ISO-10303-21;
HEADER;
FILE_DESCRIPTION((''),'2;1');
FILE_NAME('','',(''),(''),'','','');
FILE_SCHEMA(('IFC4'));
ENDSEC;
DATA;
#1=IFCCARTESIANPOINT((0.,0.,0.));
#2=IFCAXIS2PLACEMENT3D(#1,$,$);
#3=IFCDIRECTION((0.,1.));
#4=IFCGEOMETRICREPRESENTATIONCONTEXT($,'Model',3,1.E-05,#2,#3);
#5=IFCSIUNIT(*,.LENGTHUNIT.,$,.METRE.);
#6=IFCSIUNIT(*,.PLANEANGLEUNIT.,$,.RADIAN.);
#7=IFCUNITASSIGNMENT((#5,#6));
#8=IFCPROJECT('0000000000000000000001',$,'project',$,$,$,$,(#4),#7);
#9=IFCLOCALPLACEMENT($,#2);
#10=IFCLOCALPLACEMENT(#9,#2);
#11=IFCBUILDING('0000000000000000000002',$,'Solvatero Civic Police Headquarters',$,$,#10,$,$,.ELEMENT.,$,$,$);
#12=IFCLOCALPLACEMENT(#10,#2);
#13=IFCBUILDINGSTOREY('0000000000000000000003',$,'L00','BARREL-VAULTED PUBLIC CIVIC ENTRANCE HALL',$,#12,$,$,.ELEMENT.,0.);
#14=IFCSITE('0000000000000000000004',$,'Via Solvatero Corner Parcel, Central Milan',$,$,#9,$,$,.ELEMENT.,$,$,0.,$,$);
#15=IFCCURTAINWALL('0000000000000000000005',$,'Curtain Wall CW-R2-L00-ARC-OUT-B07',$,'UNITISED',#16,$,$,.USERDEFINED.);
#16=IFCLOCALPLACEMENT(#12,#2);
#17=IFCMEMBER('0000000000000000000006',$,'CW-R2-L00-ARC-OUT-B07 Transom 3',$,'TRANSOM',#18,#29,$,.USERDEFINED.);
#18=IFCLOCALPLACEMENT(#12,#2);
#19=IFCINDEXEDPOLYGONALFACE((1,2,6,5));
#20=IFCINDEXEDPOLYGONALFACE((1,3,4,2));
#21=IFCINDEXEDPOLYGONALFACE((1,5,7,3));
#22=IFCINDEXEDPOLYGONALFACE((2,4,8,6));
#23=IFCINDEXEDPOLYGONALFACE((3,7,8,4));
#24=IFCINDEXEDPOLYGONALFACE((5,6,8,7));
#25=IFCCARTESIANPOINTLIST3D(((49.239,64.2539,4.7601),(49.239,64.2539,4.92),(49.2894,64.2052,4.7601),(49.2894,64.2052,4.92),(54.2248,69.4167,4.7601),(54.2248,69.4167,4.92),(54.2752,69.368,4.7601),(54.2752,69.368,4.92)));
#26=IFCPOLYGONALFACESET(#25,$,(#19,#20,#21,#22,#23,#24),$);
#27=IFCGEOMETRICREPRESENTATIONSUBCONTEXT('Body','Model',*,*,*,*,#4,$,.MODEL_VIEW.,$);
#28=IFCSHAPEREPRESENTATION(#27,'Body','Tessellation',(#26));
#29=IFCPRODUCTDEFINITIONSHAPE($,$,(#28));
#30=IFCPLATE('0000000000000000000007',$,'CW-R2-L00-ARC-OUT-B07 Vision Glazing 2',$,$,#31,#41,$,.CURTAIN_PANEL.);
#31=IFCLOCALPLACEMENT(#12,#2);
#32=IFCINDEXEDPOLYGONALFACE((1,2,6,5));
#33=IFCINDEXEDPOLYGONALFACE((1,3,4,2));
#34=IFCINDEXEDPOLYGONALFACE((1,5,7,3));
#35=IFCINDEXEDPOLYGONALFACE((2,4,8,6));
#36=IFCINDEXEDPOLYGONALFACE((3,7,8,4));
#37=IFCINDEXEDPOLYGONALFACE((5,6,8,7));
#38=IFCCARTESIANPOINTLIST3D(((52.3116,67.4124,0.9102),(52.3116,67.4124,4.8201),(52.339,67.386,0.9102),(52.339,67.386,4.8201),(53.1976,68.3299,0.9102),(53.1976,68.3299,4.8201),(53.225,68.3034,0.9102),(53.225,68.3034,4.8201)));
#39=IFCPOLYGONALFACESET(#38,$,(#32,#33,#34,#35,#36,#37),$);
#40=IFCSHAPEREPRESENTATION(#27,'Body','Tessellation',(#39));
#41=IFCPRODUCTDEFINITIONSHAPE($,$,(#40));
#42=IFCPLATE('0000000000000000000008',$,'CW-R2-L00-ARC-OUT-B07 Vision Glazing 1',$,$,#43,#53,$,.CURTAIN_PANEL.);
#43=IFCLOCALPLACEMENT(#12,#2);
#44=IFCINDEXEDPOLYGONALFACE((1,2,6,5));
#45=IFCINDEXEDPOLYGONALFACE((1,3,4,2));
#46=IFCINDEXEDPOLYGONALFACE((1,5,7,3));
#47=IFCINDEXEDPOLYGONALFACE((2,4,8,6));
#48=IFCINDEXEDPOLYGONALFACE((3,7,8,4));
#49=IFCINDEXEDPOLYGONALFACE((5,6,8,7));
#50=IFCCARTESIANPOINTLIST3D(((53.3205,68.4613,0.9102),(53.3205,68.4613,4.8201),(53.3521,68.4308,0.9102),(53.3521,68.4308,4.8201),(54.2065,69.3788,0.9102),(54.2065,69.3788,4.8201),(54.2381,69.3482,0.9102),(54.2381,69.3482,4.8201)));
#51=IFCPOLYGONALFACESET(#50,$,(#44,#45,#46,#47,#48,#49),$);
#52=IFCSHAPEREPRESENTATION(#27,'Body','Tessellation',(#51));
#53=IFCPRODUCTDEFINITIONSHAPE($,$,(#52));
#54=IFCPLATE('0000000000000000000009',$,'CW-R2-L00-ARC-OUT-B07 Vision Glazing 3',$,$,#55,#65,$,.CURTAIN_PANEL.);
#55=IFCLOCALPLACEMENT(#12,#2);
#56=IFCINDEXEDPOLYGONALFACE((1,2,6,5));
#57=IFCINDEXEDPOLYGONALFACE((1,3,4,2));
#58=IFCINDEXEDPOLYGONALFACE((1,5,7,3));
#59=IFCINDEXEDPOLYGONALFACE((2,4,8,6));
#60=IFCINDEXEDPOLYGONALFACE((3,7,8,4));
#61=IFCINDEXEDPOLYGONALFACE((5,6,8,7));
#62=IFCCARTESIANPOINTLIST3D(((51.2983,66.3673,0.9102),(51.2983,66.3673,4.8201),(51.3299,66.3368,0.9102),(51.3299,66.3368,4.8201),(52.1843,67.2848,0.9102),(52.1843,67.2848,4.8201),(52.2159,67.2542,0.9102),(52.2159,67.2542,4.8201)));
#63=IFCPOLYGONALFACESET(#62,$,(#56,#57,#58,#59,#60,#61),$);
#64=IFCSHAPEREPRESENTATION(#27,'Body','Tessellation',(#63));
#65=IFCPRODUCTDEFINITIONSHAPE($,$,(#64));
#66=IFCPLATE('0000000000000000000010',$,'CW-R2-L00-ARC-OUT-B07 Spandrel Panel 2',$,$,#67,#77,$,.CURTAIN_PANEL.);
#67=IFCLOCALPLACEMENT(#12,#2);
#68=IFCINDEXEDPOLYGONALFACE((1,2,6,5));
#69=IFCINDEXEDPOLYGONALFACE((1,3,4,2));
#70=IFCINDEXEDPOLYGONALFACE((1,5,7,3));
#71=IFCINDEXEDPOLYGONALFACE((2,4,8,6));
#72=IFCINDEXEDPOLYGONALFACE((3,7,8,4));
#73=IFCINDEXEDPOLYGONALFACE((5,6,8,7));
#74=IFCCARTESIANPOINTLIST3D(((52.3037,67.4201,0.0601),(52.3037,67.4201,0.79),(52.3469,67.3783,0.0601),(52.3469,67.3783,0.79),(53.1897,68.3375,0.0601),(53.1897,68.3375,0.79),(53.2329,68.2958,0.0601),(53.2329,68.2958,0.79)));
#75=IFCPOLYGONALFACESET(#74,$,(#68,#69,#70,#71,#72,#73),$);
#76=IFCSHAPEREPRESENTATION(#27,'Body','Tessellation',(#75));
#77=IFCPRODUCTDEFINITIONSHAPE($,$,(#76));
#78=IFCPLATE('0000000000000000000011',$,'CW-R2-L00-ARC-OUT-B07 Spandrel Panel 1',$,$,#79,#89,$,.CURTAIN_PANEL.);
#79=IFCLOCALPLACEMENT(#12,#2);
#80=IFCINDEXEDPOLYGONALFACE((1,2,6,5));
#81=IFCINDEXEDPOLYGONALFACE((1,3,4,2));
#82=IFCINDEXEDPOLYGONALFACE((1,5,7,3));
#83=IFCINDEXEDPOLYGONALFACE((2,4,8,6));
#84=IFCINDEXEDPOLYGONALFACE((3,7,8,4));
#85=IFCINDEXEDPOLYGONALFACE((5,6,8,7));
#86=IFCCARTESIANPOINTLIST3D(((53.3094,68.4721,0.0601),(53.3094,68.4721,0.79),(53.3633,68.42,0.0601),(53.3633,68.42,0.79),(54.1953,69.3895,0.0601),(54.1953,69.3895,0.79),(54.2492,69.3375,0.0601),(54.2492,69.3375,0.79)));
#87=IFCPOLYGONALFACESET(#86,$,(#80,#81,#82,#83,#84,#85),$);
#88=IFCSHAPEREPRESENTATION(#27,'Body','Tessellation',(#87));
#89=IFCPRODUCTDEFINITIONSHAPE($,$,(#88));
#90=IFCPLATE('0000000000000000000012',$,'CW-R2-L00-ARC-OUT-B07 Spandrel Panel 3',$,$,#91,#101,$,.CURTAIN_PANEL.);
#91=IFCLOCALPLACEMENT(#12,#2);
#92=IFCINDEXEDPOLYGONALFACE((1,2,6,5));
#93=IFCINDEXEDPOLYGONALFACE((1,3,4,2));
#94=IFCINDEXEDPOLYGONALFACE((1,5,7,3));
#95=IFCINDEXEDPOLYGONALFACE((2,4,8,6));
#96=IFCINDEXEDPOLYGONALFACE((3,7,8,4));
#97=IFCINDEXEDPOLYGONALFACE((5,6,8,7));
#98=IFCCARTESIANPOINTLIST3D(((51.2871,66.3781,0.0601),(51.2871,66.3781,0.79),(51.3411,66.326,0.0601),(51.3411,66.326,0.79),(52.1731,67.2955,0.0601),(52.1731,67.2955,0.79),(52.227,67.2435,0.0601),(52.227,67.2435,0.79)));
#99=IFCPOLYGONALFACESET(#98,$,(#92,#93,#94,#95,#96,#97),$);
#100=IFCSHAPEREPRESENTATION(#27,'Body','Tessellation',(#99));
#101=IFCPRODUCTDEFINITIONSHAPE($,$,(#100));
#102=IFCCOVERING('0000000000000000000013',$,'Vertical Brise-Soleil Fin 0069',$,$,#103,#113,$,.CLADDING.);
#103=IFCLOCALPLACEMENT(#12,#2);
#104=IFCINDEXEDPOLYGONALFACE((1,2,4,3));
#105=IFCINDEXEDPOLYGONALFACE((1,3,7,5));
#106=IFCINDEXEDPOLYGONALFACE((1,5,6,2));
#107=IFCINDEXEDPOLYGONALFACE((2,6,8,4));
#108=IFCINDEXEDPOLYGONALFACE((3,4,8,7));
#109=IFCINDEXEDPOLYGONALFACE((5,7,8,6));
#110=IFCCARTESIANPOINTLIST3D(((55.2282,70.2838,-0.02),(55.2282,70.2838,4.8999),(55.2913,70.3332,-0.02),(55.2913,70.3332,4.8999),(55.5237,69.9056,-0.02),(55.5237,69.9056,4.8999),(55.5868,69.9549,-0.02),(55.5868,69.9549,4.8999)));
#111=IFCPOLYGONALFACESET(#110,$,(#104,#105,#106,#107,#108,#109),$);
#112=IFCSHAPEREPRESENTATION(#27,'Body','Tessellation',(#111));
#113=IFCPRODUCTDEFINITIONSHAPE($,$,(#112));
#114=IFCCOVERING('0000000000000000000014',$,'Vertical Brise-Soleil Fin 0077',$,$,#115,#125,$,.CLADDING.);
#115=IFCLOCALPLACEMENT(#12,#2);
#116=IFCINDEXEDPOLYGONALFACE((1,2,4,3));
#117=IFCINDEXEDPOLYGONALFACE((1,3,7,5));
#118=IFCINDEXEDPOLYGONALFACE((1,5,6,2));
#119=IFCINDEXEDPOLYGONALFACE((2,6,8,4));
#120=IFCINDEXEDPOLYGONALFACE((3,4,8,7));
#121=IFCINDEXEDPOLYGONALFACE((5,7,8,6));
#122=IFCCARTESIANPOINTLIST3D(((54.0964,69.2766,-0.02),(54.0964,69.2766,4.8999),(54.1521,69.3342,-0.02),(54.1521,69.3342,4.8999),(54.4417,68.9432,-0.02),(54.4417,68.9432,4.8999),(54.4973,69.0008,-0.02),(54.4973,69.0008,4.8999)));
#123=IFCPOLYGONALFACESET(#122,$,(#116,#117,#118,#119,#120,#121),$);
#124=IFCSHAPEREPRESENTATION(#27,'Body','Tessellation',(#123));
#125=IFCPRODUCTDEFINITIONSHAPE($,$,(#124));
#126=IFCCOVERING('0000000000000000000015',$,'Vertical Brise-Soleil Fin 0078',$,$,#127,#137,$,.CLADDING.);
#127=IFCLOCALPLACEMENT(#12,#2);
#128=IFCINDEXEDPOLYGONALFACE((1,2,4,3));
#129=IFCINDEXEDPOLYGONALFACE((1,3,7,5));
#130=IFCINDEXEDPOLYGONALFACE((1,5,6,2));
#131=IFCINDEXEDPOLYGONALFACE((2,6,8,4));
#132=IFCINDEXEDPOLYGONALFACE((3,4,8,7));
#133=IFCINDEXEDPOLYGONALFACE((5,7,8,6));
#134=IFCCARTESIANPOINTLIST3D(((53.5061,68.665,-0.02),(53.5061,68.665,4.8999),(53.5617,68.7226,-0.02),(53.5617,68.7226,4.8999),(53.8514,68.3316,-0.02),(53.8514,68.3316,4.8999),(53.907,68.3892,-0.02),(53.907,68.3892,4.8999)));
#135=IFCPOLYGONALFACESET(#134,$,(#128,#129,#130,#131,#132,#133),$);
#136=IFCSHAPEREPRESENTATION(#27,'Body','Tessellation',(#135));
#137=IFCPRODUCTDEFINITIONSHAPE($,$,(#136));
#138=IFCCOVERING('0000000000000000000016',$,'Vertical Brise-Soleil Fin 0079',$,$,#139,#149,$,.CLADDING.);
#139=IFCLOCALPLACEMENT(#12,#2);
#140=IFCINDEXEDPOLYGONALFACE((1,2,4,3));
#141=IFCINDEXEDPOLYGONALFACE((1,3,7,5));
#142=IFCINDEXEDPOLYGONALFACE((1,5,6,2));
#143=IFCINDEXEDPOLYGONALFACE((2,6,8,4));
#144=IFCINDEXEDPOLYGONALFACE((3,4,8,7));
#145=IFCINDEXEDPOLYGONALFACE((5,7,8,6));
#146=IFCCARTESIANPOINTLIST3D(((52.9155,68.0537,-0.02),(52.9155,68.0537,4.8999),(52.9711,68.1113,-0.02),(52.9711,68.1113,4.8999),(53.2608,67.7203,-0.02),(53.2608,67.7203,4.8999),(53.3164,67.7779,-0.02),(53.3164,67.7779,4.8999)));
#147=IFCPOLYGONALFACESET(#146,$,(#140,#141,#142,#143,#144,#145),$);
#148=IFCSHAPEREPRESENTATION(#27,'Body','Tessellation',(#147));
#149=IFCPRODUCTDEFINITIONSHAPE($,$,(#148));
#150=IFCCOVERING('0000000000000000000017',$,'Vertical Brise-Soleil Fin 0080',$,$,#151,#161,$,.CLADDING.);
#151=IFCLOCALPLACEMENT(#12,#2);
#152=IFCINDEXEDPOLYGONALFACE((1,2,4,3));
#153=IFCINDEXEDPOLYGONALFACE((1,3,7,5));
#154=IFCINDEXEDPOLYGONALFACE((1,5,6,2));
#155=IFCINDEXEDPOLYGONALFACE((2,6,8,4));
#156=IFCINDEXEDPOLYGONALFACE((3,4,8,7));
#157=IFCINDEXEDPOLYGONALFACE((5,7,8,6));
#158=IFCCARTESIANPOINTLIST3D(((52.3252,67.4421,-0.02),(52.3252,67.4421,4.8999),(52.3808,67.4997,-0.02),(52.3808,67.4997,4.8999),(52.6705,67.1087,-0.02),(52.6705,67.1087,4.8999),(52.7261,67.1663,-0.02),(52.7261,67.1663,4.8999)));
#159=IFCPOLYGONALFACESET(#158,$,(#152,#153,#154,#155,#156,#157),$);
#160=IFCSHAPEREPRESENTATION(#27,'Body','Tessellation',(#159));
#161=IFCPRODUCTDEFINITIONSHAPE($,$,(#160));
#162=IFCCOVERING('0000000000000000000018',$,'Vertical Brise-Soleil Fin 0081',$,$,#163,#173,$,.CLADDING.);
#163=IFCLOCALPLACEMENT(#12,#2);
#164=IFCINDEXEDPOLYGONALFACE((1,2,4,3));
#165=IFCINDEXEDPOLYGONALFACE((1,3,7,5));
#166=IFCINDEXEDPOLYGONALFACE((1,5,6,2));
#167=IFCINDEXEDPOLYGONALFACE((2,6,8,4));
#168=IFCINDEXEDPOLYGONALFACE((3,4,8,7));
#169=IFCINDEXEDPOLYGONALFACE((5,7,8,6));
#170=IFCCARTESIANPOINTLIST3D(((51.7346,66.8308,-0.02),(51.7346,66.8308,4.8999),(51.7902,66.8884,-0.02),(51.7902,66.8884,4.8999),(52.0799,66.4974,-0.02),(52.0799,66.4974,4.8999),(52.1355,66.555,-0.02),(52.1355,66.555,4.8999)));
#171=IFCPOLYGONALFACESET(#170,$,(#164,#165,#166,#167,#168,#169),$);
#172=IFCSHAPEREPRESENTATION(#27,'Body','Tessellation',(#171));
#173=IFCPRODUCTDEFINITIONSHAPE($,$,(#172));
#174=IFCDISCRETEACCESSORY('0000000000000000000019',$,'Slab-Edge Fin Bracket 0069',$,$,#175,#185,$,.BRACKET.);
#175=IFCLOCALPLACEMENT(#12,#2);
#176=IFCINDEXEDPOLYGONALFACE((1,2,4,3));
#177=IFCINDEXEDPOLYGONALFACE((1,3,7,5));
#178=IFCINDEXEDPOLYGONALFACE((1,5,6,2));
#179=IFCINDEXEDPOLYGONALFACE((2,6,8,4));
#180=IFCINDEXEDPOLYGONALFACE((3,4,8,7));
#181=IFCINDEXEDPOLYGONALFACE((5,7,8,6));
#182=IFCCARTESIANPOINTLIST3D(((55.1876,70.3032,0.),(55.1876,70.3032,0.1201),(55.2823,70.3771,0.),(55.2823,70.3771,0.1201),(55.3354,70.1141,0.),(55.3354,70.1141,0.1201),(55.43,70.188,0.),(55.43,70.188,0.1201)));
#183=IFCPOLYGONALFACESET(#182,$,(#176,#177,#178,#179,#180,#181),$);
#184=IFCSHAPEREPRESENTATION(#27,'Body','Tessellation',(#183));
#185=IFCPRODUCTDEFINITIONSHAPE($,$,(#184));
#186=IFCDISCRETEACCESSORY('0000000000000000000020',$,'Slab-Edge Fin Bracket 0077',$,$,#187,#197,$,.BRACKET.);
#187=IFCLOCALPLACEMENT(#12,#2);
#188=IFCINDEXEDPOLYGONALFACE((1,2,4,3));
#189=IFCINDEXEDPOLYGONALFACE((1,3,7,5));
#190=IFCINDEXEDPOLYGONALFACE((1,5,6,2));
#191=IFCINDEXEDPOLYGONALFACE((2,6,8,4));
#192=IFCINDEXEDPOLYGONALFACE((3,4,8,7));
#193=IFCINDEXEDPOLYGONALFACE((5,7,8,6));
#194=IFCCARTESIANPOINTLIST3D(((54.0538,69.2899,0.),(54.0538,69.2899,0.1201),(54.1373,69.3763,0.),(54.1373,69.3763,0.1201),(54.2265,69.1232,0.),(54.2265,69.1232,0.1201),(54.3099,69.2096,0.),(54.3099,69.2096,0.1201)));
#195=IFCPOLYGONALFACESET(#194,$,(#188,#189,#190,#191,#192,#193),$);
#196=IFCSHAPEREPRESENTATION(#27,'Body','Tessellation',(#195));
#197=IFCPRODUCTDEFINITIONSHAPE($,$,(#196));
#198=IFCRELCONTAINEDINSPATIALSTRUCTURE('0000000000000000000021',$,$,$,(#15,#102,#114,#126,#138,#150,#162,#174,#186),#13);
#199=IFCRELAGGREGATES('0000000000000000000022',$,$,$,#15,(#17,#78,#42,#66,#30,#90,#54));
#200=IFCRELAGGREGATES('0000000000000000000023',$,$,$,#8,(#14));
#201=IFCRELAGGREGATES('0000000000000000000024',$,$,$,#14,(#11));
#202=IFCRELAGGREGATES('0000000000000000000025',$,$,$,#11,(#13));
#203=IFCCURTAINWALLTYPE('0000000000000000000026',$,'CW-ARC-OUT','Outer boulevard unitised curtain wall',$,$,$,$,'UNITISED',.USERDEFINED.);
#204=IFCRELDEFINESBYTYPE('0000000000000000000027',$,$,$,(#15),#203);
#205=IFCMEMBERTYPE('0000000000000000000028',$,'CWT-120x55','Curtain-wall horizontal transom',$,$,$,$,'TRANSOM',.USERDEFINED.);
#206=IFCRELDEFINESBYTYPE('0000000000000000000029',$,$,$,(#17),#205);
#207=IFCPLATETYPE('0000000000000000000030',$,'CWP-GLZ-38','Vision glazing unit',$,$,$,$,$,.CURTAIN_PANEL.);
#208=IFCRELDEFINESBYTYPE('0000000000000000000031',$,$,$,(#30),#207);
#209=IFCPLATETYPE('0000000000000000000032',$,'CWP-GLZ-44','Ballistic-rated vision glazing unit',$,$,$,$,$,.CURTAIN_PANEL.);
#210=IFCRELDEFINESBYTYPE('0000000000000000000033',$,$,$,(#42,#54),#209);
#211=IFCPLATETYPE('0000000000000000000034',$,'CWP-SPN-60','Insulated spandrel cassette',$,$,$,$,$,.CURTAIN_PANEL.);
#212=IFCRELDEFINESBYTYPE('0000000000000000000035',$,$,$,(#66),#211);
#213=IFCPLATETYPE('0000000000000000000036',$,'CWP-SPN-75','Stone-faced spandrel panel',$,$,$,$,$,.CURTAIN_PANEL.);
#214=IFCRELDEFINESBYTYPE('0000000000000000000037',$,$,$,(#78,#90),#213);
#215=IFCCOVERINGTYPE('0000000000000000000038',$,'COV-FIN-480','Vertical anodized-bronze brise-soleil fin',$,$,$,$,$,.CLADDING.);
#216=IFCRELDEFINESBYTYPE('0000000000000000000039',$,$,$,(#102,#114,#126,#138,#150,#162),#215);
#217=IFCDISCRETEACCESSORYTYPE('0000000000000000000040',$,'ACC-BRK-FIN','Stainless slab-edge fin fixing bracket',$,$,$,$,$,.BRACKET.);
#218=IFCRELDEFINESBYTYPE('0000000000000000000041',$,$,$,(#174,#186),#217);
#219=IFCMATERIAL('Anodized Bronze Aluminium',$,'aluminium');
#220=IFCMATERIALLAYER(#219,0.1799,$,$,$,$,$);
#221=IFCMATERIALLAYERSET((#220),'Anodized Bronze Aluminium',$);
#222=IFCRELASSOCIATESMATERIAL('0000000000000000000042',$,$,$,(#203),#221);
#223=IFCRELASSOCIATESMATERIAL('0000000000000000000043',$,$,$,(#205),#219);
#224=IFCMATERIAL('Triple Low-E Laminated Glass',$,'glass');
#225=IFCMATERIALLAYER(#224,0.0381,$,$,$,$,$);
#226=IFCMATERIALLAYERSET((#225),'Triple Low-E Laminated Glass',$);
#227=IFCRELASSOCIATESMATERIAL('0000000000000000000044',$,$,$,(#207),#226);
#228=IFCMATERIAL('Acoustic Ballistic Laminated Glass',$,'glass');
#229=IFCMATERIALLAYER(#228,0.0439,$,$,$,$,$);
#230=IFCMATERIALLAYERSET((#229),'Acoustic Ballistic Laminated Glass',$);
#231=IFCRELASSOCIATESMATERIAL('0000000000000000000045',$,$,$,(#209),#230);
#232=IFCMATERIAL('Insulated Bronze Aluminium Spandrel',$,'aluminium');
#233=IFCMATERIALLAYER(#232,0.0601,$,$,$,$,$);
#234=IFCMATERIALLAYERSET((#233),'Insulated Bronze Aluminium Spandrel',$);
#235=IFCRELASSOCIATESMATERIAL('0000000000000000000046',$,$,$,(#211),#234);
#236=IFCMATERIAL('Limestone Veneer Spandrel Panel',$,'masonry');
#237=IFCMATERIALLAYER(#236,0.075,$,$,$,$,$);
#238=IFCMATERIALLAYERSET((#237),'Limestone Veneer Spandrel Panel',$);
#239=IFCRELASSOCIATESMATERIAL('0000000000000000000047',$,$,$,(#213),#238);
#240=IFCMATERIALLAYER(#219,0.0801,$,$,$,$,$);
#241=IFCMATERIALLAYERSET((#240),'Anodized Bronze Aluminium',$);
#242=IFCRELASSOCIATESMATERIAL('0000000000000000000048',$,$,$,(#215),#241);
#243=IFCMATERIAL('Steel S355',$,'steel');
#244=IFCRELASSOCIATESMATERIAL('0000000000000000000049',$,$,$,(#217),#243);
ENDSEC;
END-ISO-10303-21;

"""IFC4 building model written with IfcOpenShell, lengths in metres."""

from ifc_helpers import new_model, si_unit, direction, frame, origin, origin_2d, place, context, subcontext, project, spatial, rectangle, extrude, material, layer, layer_set, material_profile, profile_set, type_object, element, aggregate, save


model = new_model("IFC4")

# Units and contexts
model_context = context("Model", 3, precision=1e-05, world=origin(), true_north=direction((0.0, 1.0)))
body_context = subcontext(model_context, "Body", "Model", "MODEL_VIEW")
ifc_project = project(units=[si_unit("LENGTHUNIT", "METRE"), si_unit("PLANEANGLEUNIT", "RADIAN")], contexts=[model_context])

# Site, building, storey
site_placement = place(None, origin())
site = spatial("IfcSite", under=ifc_project, at=site_placement, Name="Via Solvatero Corner Parcel, Central Milan", CompositionType="ELEMENT", RefElevation=0.0)
building_placement = place(site_placement, origin())
building = spatial("IfcBuilding", under=site, at=building_placement, Name="Solvatero Civic Police Headquarters", CompositionType="ELEMENT")
storey_placement = place(building_placement, origin())
storey = spatial("IfcBuildingStorey", under=building, at=storey_placement, Name="L00", Description="BARREL-VAULTED PUBLIC CIVIC ENTRANCE HALL", CompositionType="ELEMENT", Elevation=0.0)

# Shared definitions
ifc_material_1 = material(Name="Steel S355", Category="steel")

# Curtain wall
ifc_material_2 = material(Name="Anodized Bronze Aluminium", Category="aluminium")
ifc_layer_1 = layer(ifc_material_2, 0.1799)
ifc_layer_set_1 = layer_set([ifc_layer_1], Name="Anodized Bronze Aluminium")
curtain_wall_type = type_object("IfcCurtainWallType", Name="CW-ARC-OUT", Description="Outer boulevard unitised curtain wall", ElementType="UNITISED", PredefinedType="USERDEFINED", material=ifc_layer_set_1)
curtain_wall_1_placement = place(storey_placement, origin())
curtain_wall_1 = element("IfcCurtainWall", 1, at=curtain_wall_1_placement, inside=storey, type_object=curtain_wall_type, Name="Curtain Wall CW-R2-L00-ARC-OUT-B07", ObjectType="UNITISED", PredefinedType="USERDEFINED")

# Member
ifc_material_profile_1 = material_profile(ifc_material_2, rectangle(XDim=0.0701, YDim=0.1599, at=origin_2d()), Name="ALU TRANSOM 70x160")
ifc_profile_set_1 = profile_set([ifc_material_profile_1], Name="Anodized Bronze Aluminium")
member_type_1 = type_object("IfcMemberType", Name="CWT-120x55", Description="Curtain-wall horizontal transom", ElementType="TRANSOM", PredefinedType="USERDEFINED", material=ifc_profile_set_1)
member_1_placement = place(storey_placement, frame((54.25, 69.3923, 4.8401), z_axis=(-0.694669, -0.71933, 0.0), x_axis=(0.71933, -0.694669, 0.0)))
member_1 = element("IfcMember", 2, at=member_1_placement, type_object=member_type_1, Name="CW-R2-L00-ARC-OUT-B07 Transom 3", ObjectType="TRANSOM", PredefinedType="USERDEFINED", context=body_context, shape_type="SweptSolid", body=[
    extrude(rectangle(XDim=0.0701, YDim=0.1599, at=origin_2d()), origin(), (0.0, 0.0, 1.0), 7.1772),
])

# Plates
ifc_material_3 = material(Name="Triple Low-E Laminated Glass", Category="glass")
ifc_layer_2 = layer(ifc_material_3, 0.0381)
ifc_layer_set_2 = layer_set([ifc_layer_2], Name="Triple Low-E Laminated Glass")
plate_type_1 = type_object("IfcPlateType", Name="CWP-GLZ-38", Description="Vision glazing unit", PredefinedType="CURTAIN_PANEL", material=ifc_layer_set_2)
plate_1_placement = place(storey_placement, frame((52.7683, 67.8579, 0.9102), z_axis=(0.0, 0.0, 1.0), x_axis=(-0.694658, -0.71934, 0.0)))
plate_1 = element("IfcPlate", 3, at=plate_1_placement, type_object=plate_type_1, Name="CW-R2-L00-ARC-OUT-B07 Vision Glazing 2", PredefinedType="CURTAIN_PANEL", context=body_context, shape_type="SweptSolid", body=[
    extrude(rectangle(XDim=1.2754, YDim=0.0381, at=origin_2d()), origin(), (0.0, 0.0, 1.0), 3.9099),
])
ifc_material_4 = material(Name="Acoustic Ballistic Laminated Glass", Category="glass")
ifc_layer_3 = layer(ifc_material_4, 0.0439)
ifc_layer_set_3 = layer_set([ifc_layer_3], Name="Acoustic Ballistic Laminated Glass")
plate_type_2 = type_object("IfcPlateType", Name="CWP-GLZ-44", Description="Ballistic-rated vision glazing unit", PredefinedType="CURTAIN_PANEL", material=ifc_layer_set_3)
plate_2_placement = place(storey_placement, frame((53.7793, 68.9048, 0.9102), z_axis=(0.0, 0.0, 1.0), x_axis=(-0.694658, -0.71934, 0.0)))
plate_2 = element("IfcPlate", 4, at=plate_2_placement, type_object=plate_type_2, Name="CW-R2-L00-ARC-OUT-B07 Vision Glazing 1", PredefinedType="CURTAIN_PANEL", context=body_context, shape_type="SweptSolid", body=[
    extrude(rectangle(XDim=1.2754, YDim=0.0439, at=origin_2d()), origin(), (0.0, 0.0, 1.0), 3.9099),
])
plate_3_placement = place(storey_placement, frame((51.7571, 66.8108, 0.9102), z_axis=(0.0, 0.0, 1.0), x_axis=(-0.694658, -0.71934, 0.0)))
plate_3 = element("IfcPlate", 5, at=plate_3_placement, type_object=plate_type_2, Name="CW-R2-L00-ARC-OUT-B07 Vision Glazing 3", PredefinedType="CURTAIN_PANEL", context=body_context, shape_type="SweptSolid", body=[
    extrude(rectangle(XDim=1.2754, YDim=0.0439, at=origin_2d()), origin(), (0.0, 0.0, 1.0), 3.9099),
])
ifc_material_5 = material(Name="Insulated Bronze Aluminium Spandrel", Category="aluminium")
ifc_layer_4 = layer(ifc_material_5, 0.0601)
ifc_layer_set_4 = layer_set([ifc_layer_4], Name="Insulated Bronze Aluminium Spandrel")
plate_type_3 = type_object("IfcPlateType", Name="CWP-SPN-60", Description="Insulated spandrel cassette", PredefinedType="CURTAIN_PANEL", material=ifc_layer_set_4)
plate_4_placement = place(storey_placement, frame((52.7683, 67.8579, 0.0601), z_axis=(0.0, 0.0, 1.0), x_axis=(-0.694658, -0.71934, 0.0)))
plate_4 = element("IfcPlate", 6, at=plate_4_placement, type_object=plate_type_3, Name="CW-R2-L00-ARC-OUT-B07 Spandrel Panel 2", PredefinedType="CURTAIN_PANEL", context=body_context, shape_type="SweptSolid", body=[
    extrude(rectangle(XDim=1.2754, YDim=0.0601, at=origin_2d()), origin(), (0.0, 0.0, 1.0), 0.73),
])
ifc_material_6 = material(Name="Limestone Veneer Spandrel Panel", Category="masonry")
ifc_layer_5 = layer(ifc_material_6, 0.075)
ifc_layer_set_5 = layer_set([ifc_layer_5], Name="Limestone Veneer Spandrel Panel")
plate_type_4 = type_object("IfcPlateType", Name="CWP-SPN-75", Description="Stone-faced spandrel panel", PredefinedType="CURTAIN_PANEL", material=ifc_layer_set_5)
plate_5_placement = place(storey_placement, frame((53.7793, 68.9048, 0.0601), z_axis=(0.0, 0.0, 1.0), x_axis=(-0.694658, -0.71934, 0.0)))
plate_5 = element("IfcPlate", 7, at=plate_5_placement, type_object=plate_type_4, Name="CW-R2-L00-ARC-OUT-B07 Spandrel Panel 1", PredefinedType="CURTAIN_PANEL", context=body_context, shape_type="SweptSolid", body=[
    extrude(rectangle(XDim=1.2754, YDim=0.075, at=origin_2d()), origin(), (0.0, 0.0, 1.0), 0.73),
])
plate_6_placement = place(storey_placement, frame((51.7571, 66.8108, 0.0601), z_axis=(0.0, 0.0, 1.0), x_axis=(-0.694658, -0.71934, 0.0)))
plate_6 = element("IfcPlate", 8, at=plate_6_placement, type_object=plate_type_4, Name="CW-R2-L00-ARC-OUT-B07 Spandrel Panel 3", PredefinedType="CURTAIN_PANEL", context=body_context, shape_type="SweptSolid", body=[
    extrude(rectangle(XDim=1.2754, YDim=0.075, at=origin_2d()), origin(), (0.0, 0.0, 1.0), 0.73),
])
aggregate(curtain_wall_1, [member_1, plate_5, plate_2, plate_4, plate_1, plate_6, plate_3])

# Coverings
ifc_layer_6 = layer(ifc_material_2, 0.0801)
ifc_layer_set_6 = layer_set([ifc_layer_6], Name="Anodized Bronze Aluminium")
covering_type = type_object("IfcCoveringType", Name="COV-FIN-480", Description="Vertical anodized-bronze brise-soleil fin", PredefinedType="CLADDING", material=ifc_layer_set_6)
for number, where, z_axis, x_axis, name in (
    (9, (55.4075, 70.1194, -0.02), (0.0, 0.0, 1.0), (-0.788011, -0.615661, 0.0), "Vertical Brise-Soleil Fin 0069"),
    (10, (54.2969, 69.1387, -0.02), (0.0, 0.0, 1.0), (-0.694658, -0.71934, 0.0), "Vertical Brise-Soleil Fin 0077"),
    (11, (53.7065, 68.5271, -0.02), (0.0, 0.0, 1.0), (-0.694658, -0.71934, 0.0), "Vertical Brise-Soleil Fin 0078"),
    (12, (53.116, 67.9158, -0.02), (0.0, 0.0, 1.0), (-0.694658, -0.71934, 0.0), "Vertical Brise-Soleil Fin 0079"),
    (13, (52.5256, 67.3042, -0.02), (0.0, 0.0, 1.0), (-0.694658, -0.71934, 0.0), "Vertical Brise-Soleil Fin 0080"),
    (14, (51.9351, 66.6929, -0.02), (0.0, 0.0, 1.0), (-0.694658, -0.71934, 0.0), "Vertical Brise-Soleil Fin 0081"),
):
    element("IfcCovering", number, at=place(storey_placement, frame(where, z_axis=z_axis, x_axis=x_axis)), inside=storey, type_object=covering_type, Name=name, PredefinedType="CLADDING", context=body_context, shape_type="SweptSolid", body=[
        extrude(rectangle(XDim=0.0801, YDim=0.48, at=origin_2d()), origin(), (0.0, 0.0, 1.0), 4.9199),
    ])

# Discrete accessories
discrete_accessory_type = type_object("IfcDiscreteAccessoryType", Name="ACC-BRK-FIN", Description="Stainless slab-edge fin fixing bracket", PredefinedType="BRACKET", material=ifc_material_1)
for number, where, z_axis, x_axis, name in (
    (15, (55.3088, 70.2456, 0.0), (0.0, 0.0, 1.0), (-0.788011, -0.615661, 0.0), "Slab-Edge Fin Bracket 0069"),
    (16, (54.1819, 69.2498, 0.0), (0.0, 0.0, 1.0), (-0.694658, -0.71934, 0.0), "Slab-Edge Fin Bracket 0077"),
):
    element("IfcDiscreteAccessory", number, at=place(storey_placement, frame(where, z_axis=z_axis, x_axis=x_axis)), inside=storey, type_object=discrete_accessory_type, Name=name, PredefinedType="BRACKET", context=body_context, shape_type="SweptSolid", body=[
        extrude(rectangle(XDim=0.1201, YDim=0.24, at=origin_2d()), origin(), (0.0, 0.0, 1.0), 0.1201),
    ])

save(model, "model.ifc")
